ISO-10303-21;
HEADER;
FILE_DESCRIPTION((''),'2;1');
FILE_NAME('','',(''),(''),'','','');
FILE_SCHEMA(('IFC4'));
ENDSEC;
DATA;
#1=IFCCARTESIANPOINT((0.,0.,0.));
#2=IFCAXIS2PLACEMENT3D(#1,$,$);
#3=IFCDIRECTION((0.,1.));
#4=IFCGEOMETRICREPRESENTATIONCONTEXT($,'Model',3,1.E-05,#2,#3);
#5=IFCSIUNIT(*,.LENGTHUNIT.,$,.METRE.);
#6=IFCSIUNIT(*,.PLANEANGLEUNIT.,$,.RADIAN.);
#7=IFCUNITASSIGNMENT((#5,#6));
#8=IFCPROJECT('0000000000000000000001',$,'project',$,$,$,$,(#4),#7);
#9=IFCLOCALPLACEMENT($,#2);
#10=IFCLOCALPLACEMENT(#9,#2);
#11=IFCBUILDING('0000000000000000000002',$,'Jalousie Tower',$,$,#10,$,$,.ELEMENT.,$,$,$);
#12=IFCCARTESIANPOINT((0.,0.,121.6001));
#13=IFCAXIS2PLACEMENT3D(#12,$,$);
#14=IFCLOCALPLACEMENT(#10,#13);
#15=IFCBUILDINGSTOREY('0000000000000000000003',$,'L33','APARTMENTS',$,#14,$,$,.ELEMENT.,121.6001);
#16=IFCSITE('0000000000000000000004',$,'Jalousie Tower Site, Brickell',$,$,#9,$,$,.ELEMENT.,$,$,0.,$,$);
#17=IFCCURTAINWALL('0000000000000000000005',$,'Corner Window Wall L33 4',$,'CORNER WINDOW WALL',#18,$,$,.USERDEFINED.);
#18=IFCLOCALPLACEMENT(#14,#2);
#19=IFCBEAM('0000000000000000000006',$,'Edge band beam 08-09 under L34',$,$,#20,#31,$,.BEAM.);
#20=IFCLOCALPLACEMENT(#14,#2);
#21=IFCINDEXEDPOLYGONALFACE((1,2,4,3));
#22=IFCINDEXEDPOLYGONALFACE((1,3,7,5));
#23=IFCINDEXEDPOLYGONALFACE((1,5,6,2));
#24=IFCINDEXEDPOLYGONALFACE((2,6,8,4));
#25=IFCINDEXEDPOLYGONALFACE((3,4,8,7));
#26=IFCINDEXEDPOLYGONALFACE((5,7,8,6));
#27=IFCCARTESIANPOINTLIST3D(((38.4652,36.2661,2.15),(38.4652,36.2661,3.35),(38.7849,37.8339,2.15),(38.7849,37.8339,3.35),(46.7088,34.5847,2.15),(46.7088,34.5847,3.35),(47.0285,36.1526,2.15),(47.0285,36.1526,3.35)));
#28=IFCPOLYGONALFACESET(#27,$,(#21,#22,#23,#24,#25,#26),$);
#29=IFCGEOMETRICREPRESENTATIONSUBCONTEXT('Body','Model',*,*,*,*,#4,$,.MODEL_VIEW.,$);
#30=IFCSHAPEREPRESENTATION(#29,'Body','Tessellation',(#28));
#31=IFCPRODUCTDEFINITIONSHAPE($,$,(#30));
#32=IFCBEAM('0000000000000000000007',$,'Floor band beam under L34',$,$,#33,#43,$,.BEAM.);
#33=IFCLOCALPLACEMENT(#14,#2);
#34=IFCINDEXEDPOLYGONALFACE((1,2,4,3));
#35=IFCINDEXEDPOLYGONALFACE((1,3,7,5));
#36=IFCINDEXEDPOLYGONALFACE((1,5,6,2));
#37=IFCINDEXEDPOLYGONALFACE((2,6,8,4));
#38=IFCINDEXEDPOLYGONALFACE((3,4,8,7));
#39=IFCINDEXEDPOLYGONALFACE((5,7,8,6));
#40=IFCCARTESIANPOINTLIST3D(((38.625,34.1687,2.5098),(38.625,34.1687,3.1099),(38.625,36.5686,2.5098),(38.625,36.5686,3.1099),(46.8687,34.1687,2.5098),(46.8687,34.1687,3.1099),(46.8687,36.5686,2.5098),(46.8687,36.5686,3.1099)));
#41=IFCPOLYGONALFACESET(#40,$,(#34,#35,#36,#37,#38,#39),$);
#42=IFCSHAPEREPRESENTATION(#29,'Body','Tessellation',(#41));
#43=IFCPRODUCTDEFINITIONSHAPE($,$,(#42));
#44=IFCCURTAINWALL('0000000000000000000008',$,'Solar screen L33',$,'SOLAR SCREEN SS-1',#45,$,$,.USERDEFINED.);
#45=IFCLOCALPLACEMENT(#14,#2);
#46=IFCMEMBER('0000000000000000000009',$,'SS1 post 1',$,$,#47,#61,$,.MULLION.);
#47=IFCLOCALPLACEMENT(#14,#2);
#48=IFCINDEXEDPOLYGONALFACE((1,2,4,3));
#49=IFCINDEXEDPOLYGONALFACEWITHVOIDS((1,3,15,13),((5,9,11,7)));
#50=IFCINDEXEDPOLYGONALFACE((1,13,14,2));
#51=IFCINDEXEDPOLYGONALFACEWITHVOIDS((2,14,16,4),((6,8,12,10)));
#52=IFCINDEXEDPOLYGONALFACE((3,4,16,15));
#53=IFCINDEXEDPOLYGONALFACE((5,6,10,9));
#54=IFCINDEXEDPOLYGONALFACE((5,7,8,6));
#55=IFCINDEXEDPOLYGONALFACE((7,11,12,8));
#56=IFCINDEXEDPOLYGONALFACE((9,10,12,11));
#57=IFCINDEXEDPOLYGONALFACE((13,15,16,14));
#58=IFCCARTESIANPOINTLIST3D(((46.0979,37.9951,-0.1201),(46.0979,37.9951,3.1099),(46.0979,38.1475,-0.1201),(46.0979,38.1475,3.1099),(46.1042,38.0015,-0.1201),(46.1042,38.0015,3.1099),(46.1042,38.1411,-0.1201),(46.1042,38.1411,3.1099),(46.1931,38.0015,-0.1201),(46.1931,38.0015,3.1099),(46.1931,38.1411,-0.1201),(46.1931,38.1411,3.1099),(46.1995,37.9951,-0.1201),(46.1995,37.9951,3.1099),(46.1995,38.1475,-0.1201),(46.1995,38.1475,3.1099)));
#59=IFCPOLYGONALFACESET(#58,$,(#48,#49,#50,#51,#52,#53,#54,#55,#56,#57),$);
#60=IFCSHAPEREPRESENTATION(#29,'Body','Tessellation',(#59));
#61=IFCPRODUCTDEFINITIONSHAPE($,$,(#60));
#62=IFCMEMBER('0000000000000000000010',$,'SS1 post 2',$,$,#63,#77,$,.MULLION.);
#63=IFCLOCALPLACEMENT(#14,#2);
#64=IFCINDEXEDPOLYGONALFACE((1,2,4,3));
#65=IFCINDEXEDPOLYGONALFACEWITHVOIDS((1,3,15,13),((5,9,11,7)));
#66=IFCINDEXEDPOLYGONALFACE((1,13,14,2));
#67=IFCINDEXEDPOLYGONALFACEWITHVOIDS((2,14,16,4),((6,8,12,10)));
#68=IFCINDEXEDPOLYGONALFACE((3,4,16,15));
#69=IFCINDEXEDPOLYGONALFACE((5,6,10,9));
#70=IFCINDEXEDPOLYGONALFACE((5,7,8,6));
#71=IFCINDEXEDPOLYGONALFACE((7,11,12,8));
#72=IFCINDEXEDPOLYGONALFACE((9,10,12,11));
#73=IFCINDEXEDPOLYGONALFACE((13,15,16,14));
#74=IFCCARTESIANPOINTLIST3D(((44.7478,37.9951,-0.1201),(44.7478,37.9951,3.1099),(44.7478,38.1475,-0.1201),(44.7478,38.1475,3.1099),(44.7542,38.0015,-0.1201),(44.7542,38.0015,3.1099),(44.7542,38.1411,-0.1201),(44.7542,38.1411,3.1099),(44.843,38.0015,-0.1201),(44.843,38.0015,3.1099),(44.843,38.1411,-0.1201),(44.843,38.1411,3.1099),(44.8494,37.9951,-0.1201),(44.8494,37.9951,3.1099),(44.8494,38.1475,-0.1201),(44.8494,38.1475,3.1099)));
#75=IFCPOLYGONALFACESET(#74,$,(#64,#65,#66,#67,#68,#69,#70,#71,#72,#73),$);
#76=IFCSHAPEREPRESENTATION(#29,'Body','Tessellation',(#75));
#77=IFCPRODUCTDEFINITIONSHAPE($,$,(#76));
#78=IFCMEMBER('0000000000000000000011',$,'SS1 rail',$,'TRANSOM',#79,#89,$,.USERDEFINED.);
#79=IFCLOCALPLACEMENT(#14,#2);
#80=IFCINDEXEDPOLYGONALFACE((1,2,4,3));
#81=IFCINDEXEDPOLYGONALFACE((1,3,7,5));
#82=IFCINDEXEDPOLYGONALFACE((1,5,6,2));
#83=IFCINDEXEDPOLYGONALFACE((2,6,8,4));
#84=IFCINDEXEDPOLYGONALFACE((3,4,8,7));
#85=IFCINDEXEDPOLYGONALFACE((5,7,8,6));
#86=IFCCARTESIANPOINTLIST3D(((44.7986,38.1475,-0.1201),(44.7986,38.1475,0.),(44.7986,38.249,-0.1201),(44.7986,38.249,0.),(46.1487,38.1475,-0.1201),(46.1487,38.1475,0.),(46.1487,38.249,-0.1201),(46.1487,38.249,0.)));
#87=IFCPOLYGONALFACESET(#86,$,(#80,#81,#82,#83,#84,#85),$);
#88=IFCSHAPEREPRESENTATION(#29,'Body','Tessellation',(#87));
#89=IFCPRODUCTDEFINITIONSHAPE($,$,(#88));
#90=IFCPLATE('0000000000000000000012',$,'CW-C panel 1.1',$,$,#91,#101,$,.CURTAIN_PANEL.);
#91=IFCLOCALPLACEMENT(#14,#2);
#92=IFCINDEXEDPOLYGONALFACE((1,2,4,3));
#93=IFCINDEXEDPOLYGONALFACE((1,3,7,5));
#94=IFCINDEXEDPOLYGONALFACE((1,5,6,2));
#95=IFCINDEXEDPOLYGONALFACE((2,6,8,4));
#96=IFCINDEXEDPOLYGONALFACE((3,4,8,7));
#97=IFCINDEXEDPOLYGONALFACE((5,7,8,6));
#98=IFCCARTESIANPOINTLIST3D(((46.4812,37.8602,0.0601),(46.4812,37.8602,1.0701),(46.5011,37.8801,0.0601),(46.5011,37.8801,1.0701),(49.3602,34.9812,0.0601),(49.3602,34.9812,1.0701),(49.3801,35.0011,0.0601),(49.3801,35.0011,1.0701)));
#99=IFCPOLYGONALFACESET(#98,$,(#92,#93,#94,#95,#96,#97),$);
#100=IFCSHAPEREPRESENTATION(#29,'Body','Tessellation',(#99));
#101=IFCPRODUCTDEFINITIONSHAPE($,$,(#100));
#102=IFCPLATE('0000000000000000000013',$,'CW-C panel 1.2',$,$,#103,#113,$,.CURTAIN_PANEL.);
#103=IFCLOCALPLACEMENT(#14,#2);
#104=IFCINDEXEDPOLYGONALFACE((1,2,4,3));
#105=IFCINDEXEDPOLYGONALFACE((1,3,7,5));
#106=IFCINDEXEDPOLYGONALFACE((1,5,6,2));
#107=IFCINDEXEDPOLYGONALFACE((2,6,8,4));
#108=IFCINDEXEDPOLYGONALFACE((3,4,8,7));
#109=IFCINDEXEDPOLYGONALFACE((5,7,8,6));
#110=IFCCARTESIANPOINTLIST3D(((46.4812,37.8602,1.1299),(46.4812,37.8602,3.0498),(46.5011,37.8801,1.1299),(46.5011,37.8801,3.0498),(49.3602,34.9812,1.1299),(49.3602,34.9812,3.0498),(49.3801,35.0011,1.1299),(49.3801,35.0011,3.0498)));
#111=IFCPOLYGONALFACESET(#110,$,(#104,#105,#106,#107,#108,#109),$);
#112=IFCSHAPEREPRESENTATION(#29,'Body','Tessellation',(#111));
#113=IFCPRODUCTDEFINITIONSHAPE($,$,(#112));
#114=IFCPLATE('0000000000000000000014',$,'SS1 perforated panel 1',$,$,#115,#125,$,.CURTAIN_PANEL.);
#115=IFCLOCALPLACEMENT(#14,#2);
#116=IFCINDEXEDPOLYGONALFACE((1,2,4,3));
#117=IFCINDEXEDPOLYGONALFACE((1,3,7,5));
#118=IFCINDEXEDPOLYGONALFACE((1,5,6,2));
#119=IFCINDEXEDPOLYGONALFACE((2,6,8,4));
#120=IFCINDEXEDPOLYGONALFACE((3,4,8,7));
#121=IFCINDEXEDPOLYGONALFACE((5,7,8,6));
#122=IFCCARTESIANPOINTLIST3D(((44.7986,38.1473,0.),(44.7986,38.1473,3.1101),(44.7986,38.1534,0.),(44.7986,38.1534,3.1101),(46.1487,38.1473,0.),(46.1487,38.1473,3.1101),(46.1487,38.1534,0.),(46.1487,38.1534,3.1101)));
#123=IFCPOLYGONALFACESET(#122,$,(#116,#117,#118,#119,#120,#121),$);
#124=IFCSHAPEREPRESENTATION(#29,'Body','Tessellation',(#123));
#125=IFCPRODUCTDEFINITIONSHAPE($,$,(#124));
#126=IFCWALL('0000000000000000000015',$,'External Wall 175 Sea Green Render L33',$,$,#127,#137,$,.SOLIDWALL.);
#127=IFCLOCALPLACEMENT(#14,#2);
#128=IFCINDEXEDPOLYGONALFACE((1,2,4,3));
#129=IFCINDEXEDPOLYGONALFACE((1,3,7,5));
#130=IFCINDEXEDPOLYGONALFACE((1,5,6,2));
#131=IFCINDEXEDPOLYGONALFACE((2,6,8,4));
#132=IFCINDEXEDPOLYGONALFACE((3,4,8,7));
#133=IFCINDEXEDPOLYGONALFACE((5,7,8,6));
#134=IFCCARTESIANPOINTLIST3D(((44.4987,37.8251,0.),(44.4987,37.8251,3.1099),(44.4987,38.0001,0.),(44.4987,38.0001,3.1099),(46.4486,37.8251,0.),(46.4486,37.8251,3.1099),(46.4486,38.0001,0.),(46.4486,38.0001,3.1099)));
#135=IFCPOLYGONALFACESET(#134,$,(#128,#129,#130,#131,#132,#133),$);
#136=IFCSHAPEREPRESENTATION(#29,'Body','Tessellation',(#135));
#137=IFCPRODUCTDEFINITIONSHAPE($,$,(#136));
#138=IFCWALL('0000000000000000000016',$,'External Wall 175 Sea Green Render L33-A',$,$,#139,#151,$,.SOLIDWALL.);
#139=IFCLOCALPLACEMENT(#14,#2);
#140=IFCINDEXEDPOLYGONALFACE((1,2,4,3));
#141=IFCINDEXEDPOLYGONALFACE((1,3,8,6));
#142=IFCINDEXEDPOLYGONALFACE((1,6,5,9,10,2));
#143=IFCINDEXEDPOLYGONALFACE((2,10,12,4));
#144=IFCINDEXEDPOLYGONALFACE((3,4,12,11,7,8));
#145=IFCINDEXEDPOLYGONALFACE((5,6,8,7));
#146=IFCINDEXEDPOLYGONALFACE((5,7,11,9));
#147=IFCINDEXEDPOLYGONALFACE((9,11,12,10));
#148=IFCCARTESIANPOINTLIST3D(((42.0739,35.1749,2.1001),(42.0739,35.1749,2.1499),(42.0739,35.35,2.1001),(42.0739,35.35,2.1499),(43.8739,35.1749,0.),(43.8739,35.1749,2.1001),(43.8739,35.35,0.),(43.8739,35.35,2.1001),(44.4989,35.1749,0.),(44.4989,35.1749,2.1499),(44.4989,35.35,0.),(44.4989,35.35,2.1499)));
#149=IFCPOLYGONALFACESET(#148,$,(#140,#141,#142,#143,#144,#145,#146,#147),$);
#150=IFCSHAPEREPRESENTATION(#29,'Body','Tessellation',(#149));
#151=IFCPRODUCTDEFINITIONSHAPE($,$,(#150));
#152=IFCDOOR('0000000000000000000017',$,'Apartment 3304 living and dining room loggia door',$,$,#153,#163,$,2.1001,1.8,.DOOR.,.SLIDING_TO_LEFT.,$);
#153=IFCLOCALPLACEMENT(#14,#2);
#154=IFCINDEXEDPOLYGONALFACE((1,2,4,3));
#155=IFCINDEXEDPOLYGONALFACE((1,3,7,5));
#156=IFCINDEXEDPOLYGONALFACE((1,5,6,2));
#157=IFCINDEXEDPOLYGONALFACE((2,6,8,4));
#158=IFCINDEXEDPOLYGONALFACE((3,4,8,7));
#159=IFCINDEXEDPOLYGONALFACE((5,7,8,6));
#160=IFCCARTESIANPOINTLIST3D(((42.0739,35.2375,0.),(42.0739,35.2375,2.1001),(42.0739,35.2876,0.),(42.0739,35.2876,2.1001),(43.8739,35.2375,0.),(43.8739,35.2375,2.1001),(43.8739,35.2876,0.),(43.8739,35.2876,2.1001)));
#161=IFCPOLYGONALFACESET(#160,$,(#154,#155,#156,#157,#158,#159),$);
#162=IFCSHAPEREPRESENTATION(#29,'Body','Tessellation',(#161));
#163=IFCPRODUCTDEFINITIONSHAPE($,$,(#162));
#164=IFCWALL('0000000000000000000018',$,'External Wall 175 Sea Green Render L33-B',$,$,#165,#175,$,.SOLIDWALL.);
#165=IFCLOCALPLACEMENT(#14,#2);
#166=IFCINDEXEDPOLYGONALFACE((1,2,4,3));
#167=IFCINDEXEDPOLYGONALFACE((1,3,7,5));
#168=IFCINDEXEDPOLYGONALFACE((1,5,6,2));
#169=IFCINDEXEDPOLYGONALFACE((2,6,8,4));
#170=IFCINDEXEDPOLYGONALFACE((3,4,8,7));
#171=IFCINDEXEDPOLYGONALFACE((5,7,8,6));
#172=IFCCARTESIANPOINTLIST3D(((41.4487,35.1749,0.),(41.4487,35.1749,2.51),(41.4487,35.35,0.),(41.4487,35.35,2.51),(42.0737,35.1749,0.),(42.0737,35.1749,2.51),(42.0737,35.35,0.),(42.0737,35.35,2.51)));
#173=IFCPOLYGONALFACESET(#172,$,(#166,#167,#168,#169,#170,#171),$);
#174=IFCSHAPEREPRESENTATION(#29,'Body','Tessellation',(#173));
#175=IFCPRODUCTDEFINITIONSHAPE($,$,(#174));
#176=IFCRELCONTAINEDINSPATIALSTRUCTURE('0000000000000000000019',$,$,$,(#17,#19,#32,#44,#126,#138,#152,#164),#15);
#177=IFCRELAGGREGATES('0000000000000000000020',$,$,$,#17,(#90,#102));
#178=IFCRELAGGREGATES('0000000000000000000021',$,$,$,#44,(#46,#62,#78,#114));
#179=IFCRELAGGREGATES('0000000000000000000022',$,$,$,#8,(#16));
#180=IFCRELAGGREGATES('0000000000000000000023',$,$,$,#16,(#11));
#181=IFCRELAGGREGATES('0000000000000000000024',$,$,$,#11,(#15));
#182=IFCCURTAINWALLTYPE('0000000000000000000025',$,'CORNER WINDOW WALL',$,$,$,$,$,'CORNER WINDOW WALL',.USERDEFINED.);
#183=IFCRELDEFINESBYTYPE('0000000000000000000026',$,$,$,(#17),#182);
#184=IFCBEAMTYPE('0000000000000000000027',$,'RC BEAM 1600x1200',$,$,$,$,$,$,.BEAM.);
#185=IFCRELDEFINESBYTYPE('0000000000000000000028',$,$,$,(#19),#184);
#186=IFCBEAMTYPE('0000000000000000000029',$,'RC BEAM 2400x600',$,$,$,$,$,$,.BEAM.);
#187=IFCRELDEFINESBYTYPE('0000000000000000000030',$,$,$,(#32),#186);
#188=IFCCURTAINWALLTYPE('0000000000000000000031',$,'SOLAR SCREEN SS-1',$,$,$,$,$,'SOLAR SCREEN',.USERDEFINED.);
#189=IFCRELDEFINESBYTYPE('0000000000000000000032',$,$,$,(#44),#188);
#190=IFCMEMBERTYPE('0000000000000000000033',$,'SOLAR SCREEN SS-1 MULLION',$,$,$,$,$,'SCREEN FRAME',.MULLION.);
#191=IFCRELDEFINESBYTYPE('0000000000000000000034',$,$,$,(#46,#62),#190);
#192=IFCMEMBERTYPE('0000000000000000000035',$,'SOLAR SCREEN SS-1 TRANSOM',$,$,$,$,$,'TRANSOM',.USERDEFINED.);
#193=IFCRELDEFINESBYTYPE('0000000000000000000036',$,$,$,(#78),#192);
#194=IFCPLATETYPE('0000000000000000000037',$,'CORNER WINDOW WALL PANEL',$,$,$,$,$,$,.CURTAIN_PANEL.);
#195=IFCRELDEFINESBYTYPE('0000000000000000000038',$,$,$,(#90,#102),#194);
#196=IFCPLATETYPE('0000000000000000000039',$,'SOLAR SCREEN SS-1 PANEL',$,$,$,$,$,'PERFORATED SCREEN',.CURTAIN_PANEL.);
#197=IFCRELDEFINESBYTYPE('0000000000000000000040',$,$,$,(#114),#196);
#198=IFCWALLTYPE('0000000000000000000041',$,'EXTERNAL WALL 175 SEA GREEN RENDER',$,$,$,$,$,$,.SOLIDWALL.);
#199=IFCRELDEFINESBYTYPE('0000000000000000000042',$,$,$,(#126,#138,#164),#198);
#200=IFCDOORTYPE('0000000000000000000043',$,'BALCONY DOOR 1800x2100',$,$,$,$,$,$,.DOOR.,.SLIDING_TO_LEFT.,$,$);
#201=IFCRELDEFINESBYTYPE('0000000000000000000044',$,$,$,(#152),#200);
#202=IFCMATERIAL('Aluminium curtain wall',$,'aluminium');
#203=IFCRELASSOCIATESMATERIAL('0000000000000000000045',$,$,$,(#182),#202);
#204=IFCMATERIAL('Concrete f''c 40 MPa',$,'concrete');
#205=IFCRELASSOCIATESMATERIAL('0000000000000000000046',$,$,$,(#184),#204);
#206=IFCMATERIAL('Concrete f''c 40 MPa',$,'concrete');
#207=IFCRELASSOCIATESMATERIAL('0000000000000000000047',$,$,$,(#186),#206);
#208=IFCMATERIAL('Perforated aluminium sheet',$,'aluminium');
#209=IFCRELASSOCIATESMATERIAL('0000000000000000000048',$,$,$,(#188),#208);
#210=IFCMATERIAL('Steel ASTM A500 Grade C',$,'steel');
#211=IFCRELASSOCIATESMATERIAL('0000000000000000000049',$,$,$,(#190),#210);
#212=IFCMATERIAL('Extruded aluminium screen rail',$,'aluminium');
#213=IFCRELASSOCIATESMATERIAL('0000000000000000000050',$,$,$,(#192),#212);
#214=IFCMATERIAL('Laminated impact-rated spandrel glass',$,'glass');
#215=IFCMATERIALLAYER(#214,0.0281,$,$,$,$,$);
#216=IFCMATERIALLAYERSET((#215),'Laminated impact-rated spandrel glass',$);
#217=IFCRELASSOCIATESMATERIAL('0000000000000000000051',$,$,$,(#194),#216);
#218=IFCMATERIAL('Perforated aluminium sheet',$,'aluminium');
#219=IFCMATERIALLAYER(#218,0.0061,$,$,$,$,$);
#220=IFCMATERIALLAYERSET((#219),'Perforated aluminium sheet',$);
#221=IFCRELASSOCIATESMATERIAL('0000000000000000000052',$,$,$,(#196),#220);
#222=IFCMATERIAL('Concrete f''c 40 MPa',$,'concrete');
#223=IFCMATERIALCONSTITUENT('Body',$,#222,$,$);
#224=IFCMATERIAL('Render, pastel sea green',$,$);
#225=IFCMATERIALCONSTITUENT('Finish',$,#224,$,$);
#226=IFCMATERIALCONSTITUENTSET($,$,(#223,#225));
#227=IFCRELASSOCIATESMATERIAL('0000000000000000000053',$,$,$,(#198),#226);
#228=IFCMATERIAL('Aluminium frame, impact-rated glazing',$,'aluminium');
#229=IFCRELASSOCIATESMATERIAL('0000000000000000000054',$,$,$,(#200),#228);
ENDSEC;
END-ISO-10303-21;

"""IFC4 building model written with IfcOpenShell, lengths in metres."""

from ifc_helpers import new_model, si_unit, direction, frame, frame_2d, origin, origin_2d, place, context, subcontext, project, spatial, rectangle, hollow_rectangle, extrude, material, layer, layer_set, constituent, constituent_set, material_profile, profile_set, type_object, element, fill, aggregate, save


model = new_model("IFC4")

# Units and contexts
model_context = context("Model", 3, precision=1e-05, world=origin(), true_north=direction((0.0, 1.0)))
body_context = subcontext(model_context, "Body", "Model", "MODEL_VIEW")
ifc_project = project(units=[si_unit("LENGTHUNIT", "METRE"), si_unit("PLANEANGLEUNIT", "RADIAN")], contexts=[model_context])

# Site, building, storey
site_placement = place(None, origin())
site = spatial("IfcSite", under=ifc_project, at=site_placement, Name="Jalousie Tower Site, Brickell", CompositionType="ELEMENT", RefElevation=0.0)
building_placement = place(site_placement, origin())
building = spatial("IfcBuilding", under=site, at=building_placement, Name="Jalousie Tower", CompositionType="ELEMENT")
storey_placement = place(building_placement, frame((0.0, 0.0, 121.6001)))
storey = spatial("IfcBuildingStorey", under=building, at=storey_placement, Name="L33", Description="APARTMENTS", CompositionType="ELEMENT", Elevation=121.6001)

# Curtain wall
ifc_material_1 = material(Name="Aluminium curtain wall", Category="aluminium")
curtain_wall_type_1 = type_object("IfcCurtainWallType", Name="CORNER WINDOW WALL", ElementType="CORNER WINDOW WALL", PredefinedType="USERDEFINED", material=ifc_material_1)
curtain_wall_1_placement = place(storey_placement, origin())
curtain_wall_1 = element("IfcCurtainWall", 1, at=curtain_wall_1_placement, inside=storey, type_object=curtain_wall_type_1, Name="Corner Window Wall L33 4", ObjectType="CORNER WINDOW WALL", PredefinedType="USERDEFINED")

# Beams
ifc_material_2 = material(Name="Concrete f'c 40 MPa", Category="concrete")
ifc_material_profile_1 = material_profile(ifc_material_2, rectangle(XDim=1.6001, YDim=1.2, at=origin_2d()), Name="RC 1600x1200")
ifc_profile_set_1 = profile_set([ifc_material_profile_1], Name="Concrete f'c 40 MPa")
beam_type_1 = type_object("IfcBeamType", Name="RC BEAM 1600x1200", PredefinedType="BEAM", material=ifc_profile_set_1)
beam_1_placement = place(storey_placement, frame((46.8687, 35.3687, 2.75), z_axis=(-0.979827, 0.199848, 0.0), x_axis=(-0.199848, -0.979827, 0.0)))
element("IfcBeam", 2, at=beam_1_placement, inside=storey, type_object=beam_type_1, Name="Edge band beam 08-09 under L34", PredefinedType="BEAM", context=body_context, shape_type="SweptSolid", body=[
    extrude(rectangle(XDim=1.6001, YDim=1.2, at=origin_2d()), origin(), (0.0, 0.0, 1.0), 8.4133),
])
ifc_material_3 = material(Name="Concrete f'c 40 MPa", Category="concrete")
ifc_material_profile_2 = material_profile(ifc_material_3, rectangle(XDim=2.3999, YDim=0.6001, at=origin_2d()), Name="RC 2400x600")
ifc_profile_set_2 = profile_set([ifc_material_profile_2], Name="Concrete f'c 40 MPa")
beam_type_2 = type_object("IfcBeamType", Name="RC BEAM 2400x600", PredefinedType="BEAM", material=ifc_profile_set_2)
beam_2_placement = place(storey_placement, frame((46.8687, 35.3687, 2.8098), z_axis=(-1.0, 0.0, 0.0), x_axis=(0.0, -1.0, 0.0)))
element("IfcBeam", 3, at=beam_2_placement, inside=storey, type_object=beam_type_2, Name="Floor band beam under L34", PredefinedType="BEAM", context=body_context, shape_type="SweptSolid", body=[
    extrude(rectangle(XDim=2.3999, YDim=0.6001, at=origin_2d()), origin(), (0.0, 0.0, 1.0), 8.2437),
])

# Curtain wall, members
ifc_material_4 = material(Name="Perforated aluminium sheet", Category="aluminium")
curtain_wall_type_2 = type_object("IfcCurtainWallType", Name="SOLAR SCREEN SS-1", ElementType="SOLAR SCREEN", PredefinedType="USERDEFINED", material=ifc_material_4)
curtain_wall_2_placement = place(storey_placement, origin())
curtain_wall_2 = element("IfcCurtainWall", 4, at=curtain_wall_2_placement, inside=storey, type_object=curtain_wall_type_2, Name="Solar screen L33", ObjectType="SOLAR SCREEN SS-1", PredefinedType="USERDEFINED")
ifc_material_5 = material(Name="Steel ASTM A500 Grade C", Category="steel")
ifc_material_profile_3 = material_profile(ifc_material_5, hollow_rectangle(XDim=0.1016, YDim=0.1523, WallThickness=0.0063, at=origin_2d()), Name="HSS6X4X1/4")
ifc_profile_set_3 = profile_set([ifc_material_profile_3], Name="Steel ASTM A500 Grade C")
member_type_1 = type_object("IfcMemberType", Name="SOLAR SCREEN SS-1 MULLION", ElementType="SCREEN FRAME", PredefinedType="MULLION", material=ifc_profile_set_3)
member_1_placement = place(storey_placement, frame((46.1487, 38.0713, -0.1201), z_axis=(0.0, 0.0, 1.0), x_axis=(-1.0, 0.0, 0.0)))
member_1 = element("IfcMember", 5, at=member_1_placement, type_object=member_type_1, Name="SS1 post 1", PredefinedType="MULLION", context=body_context, shape_type="SweptSolid", body=[
    extrude(hollow_rectangle(XDim=0.1016, YDim=0.1523, WallThickness=0.0063, at=origin_2d()), origin(), (0.0, 0.0, 1.0), 3.23),
])
member_2_placement = place(storey_placement, frame((44.7986, 38.0713, -0.1201), z_axis=(0.0, 0.0, 1.0), x_axis=(-1.0, 0.0, 0.0)))
member_2 = element("IfcMember", 6, at=member_2_placement, type_object=member_type_1, Name="SS1 post 2", PredefinedType="MULLION", context=body_context, shape_type="SweptSolid", body=[
    extrude(hollow_rectangle(XDim=0.1016, YDim=0.1523, WallThickness=0.0063, at=origin_2d()), origin(), (0.0, 0.0, 1.0), 3.23),
])
ifc_material_6 = material(Name="Extruded aluminium screen rail", Category="aluminium")
ifc_material_profile_4 = material_profile(ifc_material_6, rectangle(XDim=0.1016, YDim=0.1201, at=origin_2d()), Name="RAIL 102x120")
ifc_profile_set_4 = profile_set([ifc_material_profile_4], Name="Extruded aluminium screen rail")
member_type_2 = type_object("IfcMemberType", Name="SOLAR SCREEN SS-1 TRANSOM", ElementType="TRANSOM", PredefinedType="USERDEFINED", material=ifc_profile_set_4)
member_3_placement = place(storey_placement, frame((46.1487, 38.1982, -0.0601), z_axis=(-1.0, 0.0, 0.0), x_axis=(0.0, -1.0, 0.0)))
member_3 = element("IfcMember", 7, at=member_3_placement, type_object=member_type_2, Name="SS1 rail", ObjectType="TRANSOM", PredefinedType="USERDEFINED", context=body_context, shape_type="SweptSolid", body=[
    extrude(rectangle(XDim=0.1016, YDim=0.1201, at=origin_2d()), origin(), (0.0, 0.0, 1.0), 1.3501),
])

# Plates
ifc_material_7 = material(Name="Laminated impact-rated spandrel glass", Category="glass")
ifc_layer_1 = layer(ifc_material_7, 0.0281)
ifc_layer_set_1 = layer_set([ifc_layer_1], Name="Laminated impact-rated spandrel glass")
plate_type_1 = type_object("IfcPlateType", Name="CORNER WINDOW WALL PANEL", PredefinedType="CURTAIN_PANEL", material=ifc_layer_set_1)
plate_1_placement = place(storey_placement, frame((47.9307, 36.4307, 0.0601), z_axis=(0.0, 0.0, 1.0), x_axis=(-0.707107, 0.707107, 0.0)))
plate_1 = element("IfcPlate", 8, at=plate_1_placement, type_object=plate_type_1, Name="CW-C panel 1.1", PredefinedType="CURTAIN_PANEL", context=body_context, shape_type="SweptSolid", body=[
    extrude(rectangle(XDim=4.0715, YDim=0.0281, at=origin_2d()), origin(), (0.0, 0.0, 1.0), 1.01),
])
plate_2_placement = place(storey_placement, frame((47.9307, 36.4307, 1.1299), z_axis=(0.0, 0.0, 1.0), x_axis=(-0.707107, 0.707107, 0.0)))
plate_2 = element("IfcPlate", 9, at=plate_2_placement, type_object=plate_type_1, Name="CW-C panel 1.2", PredefinedType="CURTAIN_PANEL", context=body_context, shape_type="SweptSolid", body=[
    extrude(rectangle(XDim=4.0715, YDim=0.0281, at=origin_2d()), origin(), (0.0, 0.0, 1.0), 1.9199),
])
aggregate(curtain_wall_1, [plate_1, plate_2])
ifc_material_8 = material(Name="Perforated aluminium sheet", Category="aluminium")
ifc_layer_2 = layer(ifc_material_8, 0.0061)
ifc_layer_set_2 = layer_set([ifc_layer_2], Name="Perforated aluminium sheet")
plate_type_2 = type_object("IfcPlateType", Name="SOLAR SCREEN SS-1 PANEL", ElementType="PERFORATED SCREEN", PredefinedType="CURTAIN_PANEL", material=ifc_layer_set_2)
plate_3_placement = place(storey_placement, frame((45.4736, 38.1504, 0.0), z_axis=(0.0, 0.0, 1.0), x_axis=(-1.0, 0.0, 0.0)))
plate_3 = element("IfcPlate", 10, at=plate_3_placement, type_object=plate_type_2, Name="SS1 perforated panel 1", PredefinedType="CURTAIN_PANEL", context=body_context, shape_type="SweptSolid", body=[
    extrude(rectangle(XDim=1.3501, YDim=0.0061, at=origin_2d()), origin(), (0.0, 0.0, 1.0), 3.1101),
])
aggregate(curtain_wall_2, [member_1, member_2, member_3, plate_3])

# Wall
ifc_material_9 = material(Name="Concrete f'c 40 MPa", Category="concrete")
ifc_constituent_1 = constituent(ifc_material_9, Name="Body")
ifc_material_10 = material(Name="Render, pastel sea green")
ifc_constituent_2 = constituent(ifc_material_10, Name="Finish")
ifc_constituent_set_1 = constituent_set(constituents=[ifc_constituent_1, ifc_constituent_2])
wall_type_1 = type_object("IfcWallType", Name="EXTERNAL WALL 175 SEA GREEN RENDER", PredefinedType="SOLIDWALL", material=ifc_constituent_set_1)
wall_1_placement = place(storey_placement, frame((46.4487, 37.9126, 0.0), z_axis=(0.0, 0.0, 1.0), x_axis=(-1.0, 0.0, 0.0)))
element("IfcWall", 11, at=wall_1_placement, inside=storey, type_object=wall_type_1, Name="External Wall 175 Sea Green Render L33", PredefinedType="SOLIDWALL", context=body_context, shape_type="SweptSolid", body=[
    extrude(rectangle(XDim=1.95, YDim=0.175, at=frame_2d((0.9751, 0.0))), origin(), (0.0, 0.0, 1.0), 3.1099),
])

# Wall, opening, door
wall_2_placement = place(storey_placement, frame((44.4988, 35.2625, 0.0), z_axis=(0.0, 0.0, 1.0), x_axis=(-1.0, 0.0, 0.0)))
wall_2 = element("IfcWall", 12, at=wall_2_placement, inside=storey, type_object=wall_type_1, Name="External Wall 175 Sea Green Render L33-A", PredefinedType="SOLIDWALL", context=body_context, shape_type="SweptSolid", body=[
    extrude(rectangle(XDim=2.425, YDim=0.175, at=frame_2d((1.2124, 0.0))), origin(), (0.0, 0.0, 1.0), 2.1499),
])
opening_1_placement = place(wall_2_placement, frame((0.625, 0.0, 0.0)))
opening_1 = element("IfcOpeningElement", 13, at=opening_1_placement, cuts=wall_2, PredefinedType="OPENING", context=body_context, shape_type="SweptSolid", body=[
    extrude(rectangle(XDim=1.8, YDim=2.1001, at=frame_2d((0.8999, 1.05))), frame((0.0, 0.0974, 0.0), z_axis=(0.0, -1.0, 0.0), x_axis=(1.0, 0.0, 0.0)), (0.0, 0.0, 1.0), 0.1951),
])
ifc_material_11 = material(Name="Aluminium frame, impact-rated glazing", Category="aluminium")
door_type_1 = type_object("IfcDoorType", Name="BALCONY DOOR 1800x2100", OperationType="SLIDING_TO_LEFT", PredefinedType="DOOR", material=ifc_material_11)
door_1_placement = place(opening_1_placement, origin())
door_1 = element("IfcDoor", 14, at=door_1_placement, inside=storey, type_object=door_type_1, Name="Apartment 3304 living and dining room loggia door", OperationType="SLIDING_TO_LEFT", OverallHeight=2.1001, OverallWidth=1.8, PredefinedType="DOOR", context=body_context, shape_type="SweptSolid", body=[
    extrude(rectangle(XDim=1.8, YDim=2.1001, at=frame_2d((0.8999, 1.05))), frame((0.0, 0.0249, 0.0), z_axis=(0.0, -1.0, 0.0), x_axis=(1.0, 0.0, 0.0)), (0.0, 0.0, 1.0), 0.05),
])
fill(opening_1, door_1)

# Wall
wall_3_placement = place(storey_placement, frame((42.0737, 35.2625, 0.0), z_axis=(0.0, 0.0, 1.0), x_axis=(-1.0, 0.0, 0.0)))
element("IfcWall", 15, at=wall_3_placement, inside=storey, type_object=wall_type_1, Name="External Wall 175 Sea Green Render L33-B", PredefinedType="SOLIDWALL", context=body_context, shape_type="SweptSolid", body=[
    extrude(rectangle(XDim=0.625, YDim=0.175, at=frame_2d((0.3125, 0.0))), origin(), (0.0, 0.0, 1.0), 2.51),
])

save(model, "model.ifc")
